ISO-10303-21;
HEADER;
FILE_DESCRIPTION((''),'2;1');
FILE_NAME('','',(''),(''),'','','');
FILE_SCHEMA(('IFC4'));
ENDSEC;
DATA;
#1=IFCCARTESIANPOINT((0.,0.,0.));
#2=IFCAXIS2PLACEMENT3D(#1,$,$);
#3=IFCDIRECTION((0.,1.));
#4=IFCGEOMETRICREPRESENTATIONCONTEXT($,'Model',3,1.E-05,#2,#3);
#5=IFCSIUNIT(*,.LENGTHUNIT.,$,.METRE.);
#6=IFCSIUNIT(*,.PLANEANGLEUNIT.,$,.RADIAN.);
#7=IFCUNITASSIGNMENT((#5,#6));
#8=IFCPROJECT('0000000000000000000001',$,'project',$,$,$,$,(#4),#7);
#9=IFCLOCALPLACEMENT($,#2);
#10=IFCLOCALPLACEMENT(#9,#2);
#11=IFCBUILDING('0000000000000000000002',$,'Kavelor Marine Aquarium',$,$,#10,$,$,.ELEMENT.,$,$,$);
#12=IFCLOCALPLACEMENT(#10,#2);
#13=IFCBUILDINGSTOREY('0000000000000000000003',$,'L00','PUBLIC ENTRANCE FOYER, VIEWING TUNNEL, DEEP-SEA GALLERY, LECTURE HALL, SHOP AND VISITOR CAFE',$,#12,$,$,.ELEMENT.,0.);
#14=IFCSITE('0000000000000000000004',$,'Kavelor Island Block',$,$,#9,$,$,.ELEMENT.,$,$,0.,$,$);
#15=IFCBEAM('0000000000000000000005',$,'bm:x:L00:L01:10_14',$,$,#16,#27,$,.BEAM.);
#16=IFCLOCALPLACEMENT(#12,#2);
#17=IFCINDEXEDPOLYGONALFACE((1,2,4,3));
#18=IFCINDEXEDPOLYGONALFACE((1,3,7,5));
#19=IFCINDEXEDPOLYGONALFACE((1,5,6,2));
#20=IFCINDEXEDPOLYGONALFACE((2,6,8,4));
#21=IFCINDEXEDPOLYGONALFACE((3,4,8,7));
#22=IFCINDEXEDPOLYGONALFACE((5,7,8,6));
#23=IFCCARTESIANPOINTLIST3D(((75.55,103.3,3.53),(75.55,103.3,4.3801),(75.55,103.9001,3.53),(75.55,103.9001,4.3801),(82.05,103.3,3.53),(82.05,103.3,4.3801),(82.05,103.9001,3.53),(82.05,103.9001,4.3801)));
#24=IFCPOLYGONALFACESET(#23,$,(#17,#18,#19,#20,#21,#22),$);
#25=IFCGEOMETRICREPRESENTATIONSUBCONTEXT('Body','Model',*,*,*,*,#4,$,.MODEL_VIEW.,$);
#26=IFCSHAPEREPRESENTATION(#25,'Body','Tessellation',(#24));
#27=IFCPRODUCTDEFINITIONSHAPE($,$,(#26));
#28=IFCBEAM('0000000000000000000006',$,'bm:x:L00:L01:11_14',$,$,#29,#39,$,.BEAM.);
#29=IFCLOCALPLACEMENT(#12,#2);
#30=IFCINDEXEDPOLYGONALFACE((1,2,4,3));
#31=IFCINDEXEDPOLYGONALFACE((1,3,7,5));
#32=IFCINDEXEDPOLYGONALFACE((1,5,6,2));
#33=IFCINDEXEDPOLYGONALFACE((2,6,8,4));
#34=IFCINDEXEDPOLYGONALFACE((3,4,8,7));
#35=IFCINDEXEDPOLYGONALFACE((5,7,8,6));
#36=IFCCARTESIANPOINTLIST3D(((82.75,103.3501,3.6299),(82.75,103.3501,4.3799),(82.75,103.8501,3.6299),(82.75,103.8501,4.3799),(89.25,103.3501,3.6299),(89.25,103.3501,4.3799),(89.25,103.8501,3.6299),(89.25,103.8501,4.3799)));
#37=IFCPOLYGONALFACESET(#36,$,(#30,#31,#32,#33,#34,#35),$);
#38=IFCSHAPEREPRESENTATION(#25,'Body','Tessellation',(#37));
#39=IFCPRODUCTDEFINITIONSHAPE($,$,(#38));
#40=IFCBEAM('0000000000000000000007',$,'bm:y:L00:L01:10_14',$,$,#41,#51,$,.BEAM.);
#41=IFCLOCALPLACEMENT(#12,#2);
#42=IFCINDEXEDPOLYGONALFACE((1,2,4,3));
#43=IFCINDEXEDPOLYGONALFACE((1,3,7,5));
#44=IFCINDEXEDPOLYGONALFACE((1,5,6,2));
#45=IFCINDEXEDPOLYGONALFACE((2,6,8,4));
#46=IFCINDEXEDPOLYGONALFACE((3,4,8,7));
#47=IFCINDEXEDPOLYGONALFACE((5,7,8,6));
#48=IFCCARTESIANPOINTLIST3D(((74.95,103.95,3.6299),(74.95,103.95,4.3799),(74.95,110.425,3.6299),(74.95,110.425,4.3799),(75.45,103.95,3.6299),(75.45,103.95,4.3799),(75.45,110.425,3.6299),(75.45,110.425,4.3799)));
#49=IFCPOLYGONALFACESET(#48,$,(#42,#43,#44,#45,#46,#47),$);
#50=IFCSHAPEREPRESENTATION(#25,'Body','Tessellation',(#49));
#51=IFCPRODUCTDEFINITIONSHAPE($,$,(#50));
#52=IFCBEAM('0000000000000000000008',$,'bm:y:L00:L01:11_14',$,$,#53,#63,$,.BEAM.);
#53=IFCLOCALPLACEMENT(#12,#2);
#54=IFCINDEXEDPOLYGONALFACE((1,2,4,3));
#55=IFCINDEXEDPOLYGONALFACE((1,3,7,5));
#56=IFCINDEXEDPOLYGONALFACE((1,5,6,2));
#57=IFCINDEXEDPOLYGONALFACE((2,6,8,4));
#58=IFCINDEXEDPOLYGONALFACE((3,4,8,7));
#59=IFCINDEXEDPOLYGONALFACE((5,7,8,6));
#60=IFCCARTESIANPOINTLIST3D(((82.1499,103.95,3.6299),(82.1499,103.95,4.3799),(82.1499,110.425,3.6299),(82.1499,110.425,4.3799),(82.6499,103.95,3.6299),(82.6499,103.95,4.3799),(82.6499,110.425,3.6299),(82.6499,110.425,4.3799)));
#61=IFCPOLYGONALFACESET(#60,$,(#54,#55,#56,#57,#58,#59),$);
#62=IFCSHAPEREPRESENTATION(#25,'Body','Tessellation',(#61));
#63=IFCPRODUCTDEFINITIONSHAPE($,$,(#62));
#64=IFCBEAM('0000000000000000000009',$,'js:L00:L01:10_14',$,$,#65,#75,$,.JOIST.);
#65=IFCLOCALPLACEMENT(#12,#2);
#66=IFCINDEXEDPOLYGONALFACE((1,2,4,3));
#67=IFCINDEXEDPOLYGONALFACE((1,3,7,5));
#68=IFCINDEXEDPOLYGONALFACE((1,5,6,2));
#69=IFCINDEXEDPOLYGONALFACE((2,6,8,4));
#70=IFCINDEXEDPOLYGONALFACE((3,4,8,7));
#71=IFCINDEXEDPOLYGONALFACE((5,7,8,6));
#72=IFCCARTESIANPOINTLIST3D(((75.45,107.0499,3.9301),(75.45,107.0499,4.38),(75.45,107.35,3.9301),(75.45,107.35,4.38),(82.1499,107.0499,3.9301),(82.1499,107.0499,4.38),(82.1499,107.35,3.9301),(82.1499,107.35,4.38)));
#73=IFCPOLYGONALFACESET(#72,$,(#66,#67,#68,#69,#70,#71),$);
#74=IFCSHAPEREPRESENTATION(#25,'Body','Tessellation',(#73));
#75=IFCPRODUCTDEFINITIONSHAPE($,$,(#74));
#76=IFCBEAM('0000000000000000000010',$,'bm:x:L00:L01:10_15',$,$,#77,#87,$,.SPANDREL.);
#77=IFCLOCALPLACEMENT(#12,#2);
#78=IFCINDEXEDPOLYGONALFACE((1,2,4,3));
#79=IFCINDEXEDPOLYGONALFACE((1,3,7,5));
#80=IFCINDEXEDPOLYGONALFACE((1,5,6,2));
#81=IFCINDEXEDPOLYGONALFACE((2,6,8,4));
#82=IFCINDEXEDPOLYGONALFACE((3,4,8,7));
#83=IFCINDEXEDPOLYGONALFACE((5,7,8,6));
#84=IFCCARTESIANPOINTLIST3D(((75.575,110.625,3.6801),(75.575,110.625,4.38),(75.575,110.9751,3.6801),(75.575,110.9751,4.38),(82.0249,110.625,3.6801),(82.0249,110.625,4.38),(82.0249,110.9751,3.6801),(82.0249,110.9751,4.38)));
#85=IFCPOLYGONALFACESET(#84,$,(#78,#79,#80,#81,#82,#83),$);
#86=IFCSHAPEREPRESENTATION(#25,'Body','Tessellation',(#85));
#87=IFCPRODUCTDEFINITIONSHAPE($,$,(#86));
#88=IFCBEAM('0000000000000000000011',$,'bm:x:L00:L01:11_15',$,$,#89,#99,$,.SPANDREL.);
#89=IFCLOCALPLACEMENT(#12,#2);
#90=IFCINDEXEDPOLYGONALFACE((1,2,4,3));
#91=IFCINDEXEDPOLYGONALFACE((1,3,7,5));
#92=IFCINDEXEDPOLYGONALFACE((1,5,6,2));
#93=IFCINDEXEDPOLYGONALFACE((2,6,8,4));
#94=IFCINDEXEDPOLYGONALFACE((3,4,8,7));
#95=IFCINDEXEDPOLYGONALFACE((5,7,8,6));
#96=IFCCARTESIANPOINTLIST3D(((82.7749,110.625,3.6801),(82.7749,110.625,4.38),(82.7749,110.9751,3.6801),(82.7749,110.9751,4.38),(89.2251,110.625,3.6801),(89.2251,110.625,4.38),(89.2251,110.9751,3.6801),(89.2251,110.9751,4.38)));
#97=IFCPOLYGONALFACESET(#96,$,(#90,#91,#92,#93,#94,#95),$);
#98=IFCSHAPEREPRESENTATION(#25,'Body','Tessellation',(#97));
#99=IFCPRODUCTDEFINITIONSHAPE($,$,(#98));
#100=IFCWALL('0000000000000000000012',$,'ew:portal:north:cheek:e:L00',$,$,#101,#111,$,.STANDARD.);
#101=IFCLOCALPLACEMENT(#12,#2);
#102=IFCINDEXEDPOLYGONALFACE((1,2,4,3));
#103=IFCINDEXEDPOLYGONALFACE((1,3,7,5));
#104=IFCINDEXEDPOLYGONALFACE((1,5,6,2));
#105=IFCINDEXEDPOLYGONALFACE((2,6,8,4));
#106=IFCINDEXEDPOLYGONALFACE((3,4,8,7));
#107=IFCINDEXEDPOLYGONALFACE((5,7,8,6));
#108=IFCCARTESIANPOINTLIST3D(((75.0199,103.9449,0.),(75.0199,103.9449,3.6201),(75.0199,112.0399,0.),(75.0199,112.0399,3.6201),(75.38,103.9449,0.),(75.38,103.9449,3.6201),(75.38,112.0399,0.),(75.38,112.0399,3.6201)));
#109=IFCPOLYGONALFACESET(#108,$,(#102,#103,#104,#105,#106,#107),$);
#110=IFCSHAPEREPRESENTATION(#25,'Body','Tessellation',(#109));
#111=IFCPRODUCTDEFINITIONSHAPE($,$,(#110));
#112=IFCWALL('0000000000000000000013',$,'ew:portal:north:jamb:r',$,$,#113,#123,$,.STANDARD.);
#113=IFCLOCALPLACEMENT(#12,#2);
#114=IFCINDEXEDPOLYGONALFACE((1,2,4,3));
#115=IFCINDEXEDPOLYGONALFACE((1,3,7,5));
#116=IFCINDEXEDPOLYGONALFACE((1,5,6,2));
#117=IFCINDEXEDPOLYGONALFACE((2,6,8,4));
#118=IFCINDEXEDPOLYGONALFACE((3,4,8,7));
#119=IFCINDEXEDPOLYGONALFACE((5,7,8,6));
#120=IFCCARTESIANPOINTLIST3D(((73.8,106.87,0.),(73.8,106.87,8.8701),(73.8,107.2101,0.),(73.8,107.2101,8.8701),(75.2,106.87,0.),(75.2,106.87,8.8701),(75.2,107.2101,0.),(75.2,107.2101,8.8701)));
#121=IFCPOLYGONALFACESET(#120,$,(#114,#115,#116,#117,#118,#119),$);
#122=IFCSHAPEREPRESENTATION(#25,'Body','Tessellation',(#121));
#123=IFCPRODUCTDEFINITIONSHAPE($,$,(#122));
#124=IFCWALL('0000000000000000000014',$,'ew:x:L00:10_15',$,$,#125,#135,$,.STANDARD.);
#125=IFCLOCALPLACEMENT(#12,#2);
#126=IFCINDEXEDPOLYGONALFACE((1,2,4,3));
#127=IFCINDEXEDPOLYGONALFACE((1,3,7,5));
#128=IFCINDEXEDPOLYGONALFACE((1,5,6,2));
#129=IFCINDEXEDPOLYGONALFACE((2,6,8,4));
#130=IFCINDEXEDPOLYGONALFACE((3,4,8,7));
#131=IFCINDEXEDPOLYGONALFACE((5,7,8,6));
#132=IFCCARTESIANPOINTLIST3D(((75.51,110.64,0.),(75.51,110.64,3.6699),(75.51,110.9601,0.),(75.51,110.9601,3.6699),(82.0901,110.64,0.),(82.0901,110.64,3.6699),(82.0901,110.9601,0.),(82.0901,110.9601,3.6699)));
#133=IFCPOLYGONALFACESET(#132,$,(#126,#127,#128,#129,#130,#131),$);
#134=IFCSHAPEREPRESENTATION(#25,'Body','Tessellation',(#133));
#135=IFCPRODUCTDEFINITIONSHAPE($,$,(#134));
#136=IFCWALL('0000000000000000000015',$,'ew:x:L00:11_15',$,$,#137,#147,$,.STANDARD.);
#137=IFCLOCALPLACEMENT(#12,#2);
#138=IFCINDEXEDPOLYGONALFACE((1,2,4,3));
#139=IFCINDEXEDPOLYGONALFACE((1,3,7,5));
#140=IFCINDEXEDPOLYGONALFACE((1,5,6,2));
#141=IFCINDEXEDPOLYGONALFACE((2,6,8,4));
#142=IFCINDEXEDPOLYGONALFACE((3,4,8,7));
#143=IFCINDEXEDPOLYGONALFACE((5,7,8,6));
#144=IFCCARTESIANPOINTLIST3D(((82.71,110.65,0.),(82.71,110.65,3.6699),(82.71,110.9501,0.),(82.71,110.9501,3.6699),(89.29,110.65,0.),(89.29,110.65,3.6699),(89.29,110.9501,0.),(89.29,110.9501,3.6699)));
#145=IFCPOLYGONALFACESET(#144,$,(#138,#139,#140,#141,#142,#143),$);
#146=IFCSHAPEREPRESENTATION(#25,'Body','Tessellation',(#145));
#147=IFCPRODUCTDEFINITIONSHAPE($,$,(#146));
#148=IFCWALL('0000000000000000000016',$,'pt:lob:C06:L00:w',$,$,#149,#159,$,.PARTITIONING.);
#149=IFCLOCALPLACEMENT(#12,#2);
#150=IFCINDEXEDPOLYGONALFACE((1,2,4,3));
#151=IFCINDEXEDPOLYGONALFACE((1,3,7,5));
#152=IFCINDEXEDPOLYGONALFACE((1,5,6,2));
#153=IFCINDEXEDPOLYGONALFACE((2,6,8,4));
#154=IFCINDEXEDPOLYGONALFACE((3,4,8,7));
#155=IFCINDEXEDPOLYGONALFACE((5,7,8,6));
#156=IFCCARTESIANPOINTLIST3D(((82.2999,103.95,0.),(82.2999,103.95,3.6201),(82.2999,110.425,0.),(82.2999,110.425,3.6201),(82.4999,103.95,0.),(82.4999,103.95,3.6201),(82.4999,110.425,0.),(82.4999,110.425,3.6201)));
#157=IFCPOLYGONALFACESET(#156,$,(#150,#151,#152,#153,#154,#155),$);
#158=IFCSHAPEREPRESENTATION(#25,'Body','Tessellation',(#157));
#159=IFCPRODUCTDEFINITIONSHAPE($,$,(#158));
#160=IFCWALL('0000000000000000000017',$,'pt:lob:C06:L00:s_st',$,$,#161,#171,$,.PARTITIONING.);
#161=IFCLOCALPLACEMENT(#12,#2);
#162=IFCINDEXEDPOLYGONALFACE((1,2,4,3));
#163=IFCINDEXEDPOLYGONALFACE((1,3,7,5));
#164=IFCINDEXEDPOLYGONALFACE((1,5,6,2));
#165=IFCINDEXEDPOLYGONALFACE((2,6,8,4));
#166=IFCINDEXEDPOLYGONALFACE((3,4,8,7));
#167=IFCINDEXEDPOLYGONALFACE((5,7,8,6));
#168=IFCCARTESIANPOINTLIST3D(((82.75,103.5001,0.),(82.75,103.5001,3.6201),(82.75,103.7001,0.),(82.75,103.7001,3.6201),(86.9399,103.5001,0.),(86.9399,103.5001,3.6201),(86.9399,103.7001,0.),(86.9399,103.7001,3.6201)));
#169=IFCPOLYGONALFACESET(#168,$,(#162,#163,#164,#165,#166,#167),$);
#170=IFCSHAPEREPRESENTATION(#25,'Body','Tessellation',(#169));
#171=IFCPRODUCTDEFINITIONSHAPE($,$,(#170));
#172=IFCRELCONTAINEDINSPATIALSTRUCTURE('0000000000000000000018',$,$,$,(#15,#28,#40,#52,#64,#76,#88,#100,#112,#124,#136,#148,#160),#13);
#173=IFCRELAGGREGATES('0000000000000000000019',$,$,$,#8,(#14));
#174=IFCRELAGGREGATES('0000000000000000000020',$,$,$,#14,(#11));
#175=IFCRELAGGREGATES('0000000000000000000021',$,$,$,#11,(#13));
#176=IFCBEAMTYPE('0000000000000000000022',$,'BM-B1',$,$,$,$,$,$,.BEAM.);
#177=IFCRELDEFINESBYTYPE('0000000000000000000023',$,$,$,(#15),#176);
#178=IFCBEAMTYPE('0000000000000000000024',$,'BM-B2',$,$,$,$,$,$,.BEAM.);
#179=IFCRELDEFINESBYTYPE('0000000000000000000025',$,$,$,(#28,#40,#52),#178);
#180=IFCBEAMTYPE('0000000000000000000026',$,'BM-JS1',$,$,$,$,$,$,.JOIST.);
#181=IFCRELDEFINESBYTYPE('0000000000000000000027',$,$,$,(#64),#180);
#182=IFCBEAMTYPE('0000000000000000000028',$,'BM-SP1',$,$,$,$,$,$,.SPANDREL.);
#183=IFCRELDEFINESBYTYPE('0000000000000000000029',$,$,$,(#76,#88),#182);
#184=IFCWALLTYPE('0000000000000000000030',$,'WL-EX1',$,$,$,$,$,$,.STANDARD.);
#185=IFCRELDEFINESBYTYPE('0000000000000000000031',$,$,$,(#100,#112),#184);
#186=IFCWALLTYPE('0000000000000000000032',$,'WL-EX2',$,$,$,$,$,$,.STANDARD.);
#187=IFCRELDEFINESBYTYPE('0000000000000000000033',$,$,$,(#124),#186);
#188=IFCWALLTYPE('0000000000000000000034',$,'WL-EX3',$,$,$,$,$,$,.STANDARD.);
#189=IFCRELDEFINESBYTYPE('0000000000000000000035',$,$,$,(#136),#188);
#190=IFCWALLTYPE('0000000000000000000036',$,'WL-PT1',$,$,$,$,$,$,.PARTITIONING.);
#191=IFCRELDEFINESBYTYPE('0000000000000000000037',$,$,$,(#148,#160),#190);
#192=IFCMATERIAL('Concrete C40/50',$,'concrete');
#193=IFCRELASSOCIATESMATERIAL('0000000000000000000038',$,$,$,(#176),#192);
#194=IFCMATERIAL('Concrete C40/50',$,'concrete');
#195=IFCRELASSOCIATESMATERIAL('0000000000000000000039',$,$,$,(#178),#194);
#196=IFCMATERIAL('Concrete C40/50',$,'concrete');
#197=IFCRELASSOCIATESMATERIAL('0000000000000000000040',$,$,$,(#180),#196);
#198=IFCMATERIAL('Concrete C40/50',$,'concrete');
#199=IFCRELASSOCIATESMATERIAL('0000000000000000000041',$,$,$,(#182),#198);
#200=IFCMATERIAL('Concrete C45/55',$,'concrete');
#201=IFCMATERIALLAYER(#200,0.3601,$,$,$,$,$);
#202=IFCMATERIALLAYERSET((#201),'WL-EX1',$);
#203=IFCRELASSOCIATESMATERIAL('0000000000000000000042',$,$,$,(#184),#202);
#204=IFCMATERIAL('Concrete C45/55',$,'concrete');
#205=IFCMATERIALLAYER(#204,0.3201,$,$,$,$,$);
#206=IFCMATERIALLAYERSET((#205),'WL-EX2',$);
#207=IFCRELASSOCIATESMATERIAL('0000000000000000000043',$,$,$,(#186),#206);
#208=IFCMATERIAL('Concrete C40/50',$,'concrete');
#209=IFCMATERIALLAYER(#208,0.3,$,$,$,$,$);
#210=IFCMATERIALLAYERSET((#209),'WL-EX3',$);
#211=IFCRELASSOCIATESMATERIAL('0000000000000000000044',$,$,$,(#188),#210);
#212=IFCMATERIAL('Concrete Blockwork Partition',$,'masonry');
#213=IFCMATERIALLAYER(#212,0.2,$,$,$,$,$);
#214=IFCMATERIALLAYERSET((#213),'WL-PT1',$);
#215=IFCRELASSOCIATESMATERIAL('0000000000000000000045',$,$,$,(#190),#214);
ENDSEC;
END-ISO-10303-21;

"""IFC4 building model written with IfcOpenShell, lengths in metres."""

from ifc_helpers import new_model, si_unit, direction, frame, frame_2d, origin, origin_2d, place, context, subcontext, project, spatial, rectangle, extrude, material, layer, layer_set, material_profile, profile_set, type_object, element, save


model = new_model("IFC4")

# Units and contexts
model_context = context("Model", 3, precision=1e-05, world=origin(), true_north=direction((0.0, 1.0)))
body_context = subcontext(model_context, "Body", "Model", "MODEL_VIEW")
ifc_project = project(units=[si_unit("LENGTHUNIT", "METRE"), si_unit("PLANEANGLEUNIT", "RADIAN")], contexts=[model_context])

# Site, building, storey
site_placement = place(None, origin())
site = spatial("IfcSite", under=ifc_project, at=site_placement, Name="Kavelor Island Block", CompositionType="ELEMENT", RefElevation=0.0)
building_placement = place(site_placement, origin())
building = spatial("IfcBuilding", under=site, at=building_placement, Name="Kavelor Marine Aquarium", CompositionType="ELEMENT")
storey_placement = place(building_placement, origin())
storey = spatial("IfcBuildingStorey", under=building, at=storey_placement, Name="L00", Description="PUBLIC ENTRANCE FOYER, VIEWING TUNNEL, DEEP-SEA GALLERY, LECTURE HALL, SHOP AND VISITOR CAFE", CompositionType="ELEMENT", Elevation=0.0)

# Beams
ifc_material_1 = material(Name="Concrete C40/50", Category="concrete")
ifc_material_profile_1 = material_profile(ifc_material_1, rectangle(XDim=0.6001, YDim=0.8501, at=origin_2d()), Name="RC-BM 600x850")
ifc_profile_set_1 = profile_set([ifc_material_profile_1], Name="Concrete C40/50")
beam_type_1 = type_object("IfcBeamType", Name="BM-B1", PredefinedType="BEAM", material=ifc_profile_set_1)
beam_1_placement = place(storey_placement, frame((75.55, 103.6001, 3.9551), z_axis=(1.0, 0.0, 0.0), x_axis=(0.0, 1.0, 0.0)))
element("IfcBeam", 1, at=beam_1_placement, inside=storey, type_object=beam_type_1, Name="bm:x:L00:L01:10_14", PredefinedType="BEAM", context=body_context, shape_type="SweptSolid", body=[
    extrude(rectangle(XDim=0.6001, YDim=0.8501, at=origin_2d()), origin(), (0.0, 0.0, 1.0), 6.5),
])
ifc_material_2 = material(Name="Concrete C40/50", Category="concrete")
ifc_material_profile_2 = material_profile(ifc_material_2, rectangle(XDim=0.5, YDim=0.75, at=origin_2d()), Name="RC-BM 500x750")
ifc_profile_set_2 = profile_set([ifc_material_profile_2], Name="Concrete C40/50")
beam_type_2 = type_object("IfcBeamType", Name="BM-B2", PredefinedType="BEAM", material=ifc_profile_set_2)
beam_2_placement = place(storey_placement, frame((82.75, 103.6001, 4.0049), z_axis=(1.0, 0.0, 0.0), x_axis=(0.0, 1.0, 0.0)))
element("IfcBeam", 2, at=beam_2_placement, inside=storey, type_object=beam_type_2, Name="bm:x:L00:L01:11_14", PredefinedType="BEAM", context=body_context, shape_type="SweptSolid", body=[
    extrude(rectangle(XDim=0.5, YDim=0.75, at=origin_2d()), origin(), (0.0, 0.0, 1.0), 6.5),
])
for number, where, z_axis, x_axis, name in (
    (3, (75.2, 103.95, 4.0049), (0.0, 1.0, 0.0), (-1.0, 0.0, 0.0), "bm:y:L00:L01:10_14"),
    (4, (82.3999, 103.95, 4.0049), (0.0, 1.0, 0.0), (-1.0, 0.0, 0.0), "bm:y:L00:L01:11_14"),
):
    element("IfcBeam", number, at=place(storey_placement, frame(where, z_axis=z_axis, x_axis=x_axis)), inside=storey, type_object=beam_type_2, Name=name, PredefinedType="BEAM", context=body_context, shape_type="SweptSolid", body=[
        extrude(rectangle(XDim=0.5, YDim=0.75, at=origin_2d()), origin(), (0.0, 0.0, 1.0), 6.4751),
    ])
ifc_material_3 = material(Name="Concrete C40/50", Category="concrete")
ifc_material_profile_3 = material_profile(ifc_material_3, rectangle(XDim=0.3, YDim=0.45, at=origin_2d()), Name="RC-JS 300x450")
ifc_profile_set_3 = profile_set([ifc_material_profile_3], Name="Concrete C40/50")
beam_type_3 = type_object("IfcBeamType", Name="BM-JS1", PredefinedType="JOIST", material=ifc_profile_set_3)
beam_3_placement = place(storey_placement, frame((75.45, 107.2, 4.155), z_axis=(1.0, 0.0, 0.0), x_axis=(0.0, 1.0, 0.0)))
element("IfcBeam", 5, at=beam_3_placement, inside=storey, type_object=beam_type_3, Name="js:L00:L01:10_14", PredefinedType="JOIST", context=body_context, shape_type="SweptSolid", body=[
    extrude(rectangle(XDim=0.3, YDim=0.45, at=origin_2d()), origin(), (0.0, 0.0, 1.0), 6.7),
])
ifc_material_4 = material(Name="Concrete C40/50", Category="concrete")
ifc_material_profile_4 = material_profile(ifc_material_4, rectangle(XDim=0.3501, YDim=0.7, at=origin_2d()), Name="RC-SP 350x700")
ifc_profile_set_4 = profile_set([ifc_material_profile_4], Name="Concrete C40/50")
beam_type_4 = type_object("IfcBeamType", Name="BM-SP1", PredefinedType="SPANDREL", material=ifc_profile_set_4)
beam_4_placement = place(storey_placement, frame((75.575, 110.8, 4.03), z_axis=(1.0, 0.0, 0.0), x_axis=(0.0, 1.0, 0.0)))
element("IfcBeam", 6, at=beam_4_placement, inside=storey, type_object=beam_type_4, Name="bm:x:L00:L01:10_15", PredefinedType="SPANDREL", context=body_context, shape_type="SweptSolid", body=[
    extrude(rectangle(XDim=0.3501, YDim=0.7, at=origin_2d()), origin(), (0.0, 0.0, 1.0), 6.45),
])
beam_5_placement = place(storey_placement, frame((82.7749, 110.8, 4.03), z_axis=(1.0, 0.0, 0.0), x_axis=(0.0, 1.0, 0.0)))
element("IfcBeam", 7, at=beam_5_placement, inside=storey, type_object=beam_type_4, Name="bm:x:L00:L01:11_15", PredefinedType="SPANDREL", context=body_context, shape_type="SweptSolid", body=[
    extrude(rectangle(XDim=0.3501, YDim=0.7, at=origin_2d()), origin(), (0.0, 0.0, 1.0), 6.4502),
])

# Walls
ifc_material_5 = material(Name="Concrete C45/55", Category="concrete")
ifc_layer_1 = layer(ifc_material_5, 0.3601)
ifc_layer_set_1 = layer_set([ifc_layer_1], Name="WL-EX1")
wall_type_1 = type_object("IfcWallType", Name="WL-EX1", PredefinedType="STANDARD", material=ifc_layer_set_1)
wall_1_placement = place(storey_placement, frame((75.2, 103.9451, 0.0), z_axis=(0.0, 0.0, 1.0), x_axis=(0.0, 1.0, 0.0)))
element("IfcWall", 8, at=wall_1_placement, inside=storey, type_object=wall_type_1, Name="ew:portal:north:cheek:e:L00", PredefinedType="STANDARD", context=body_context, shape_type="SweptSolid", body=[
    extrude(rectangle(XDim=8.095, YDim=0.3601, at=frame_2d((4.0474, 0.0))), origin(), (0.0, 0.0, 1.0), 3.6201),
])
wall_2_placement = place(storey_placement, frame((73.8, 107.04, 0.0), z_axis=(0.0, 0.0, 1.0), x_axis=(1.0, 0.0, 0.0)))
element("IfcWall", 9, at=wall_2_placement, inside=storey, type_object=wall_type_1, Name="ew:portal:north:jamb:r", PredefinedType="STANDARD", context=body_context, shape_type="SweptSolid", body=[
    extrude(rectangle(XDim=1.3999, YDim=0.3401, at=frame_2d((0.7, 0.0))), origin(), (0.0, 0.0, 1.0), 8.8701),
])
ifc_material_6 = material(Name="Concrete C45/55", Category="concrete")
ifc_layer_2 = layer(ifc_material_6, 0.3201)
ifc_layer_set_2 = layer_set([ifc_layer_2], Name="WL-EX2")
wall_type_2 = type_object("IfcWallType", Name="WL-EX2", PredefinedType="STANDARD", material=ifc_layer_set_2)
wall_3_placement = place(storey_placement, frame((75.51, 110.8, 0.0), z_axis=(0.0, 0.0, 1.0), x_axis=(1.0, 0.0, 0.0)))
element("IfcWall", 10, at=wall_3_placement, inside=storey, type_object=wall_type_2, Name="ew:x:L00:10_15", PredefinedType="STANDARD", context=body_context, shape_type="SweptSolid", body=[
    extrude(rectangle(XDim=6.5801, YDim=0.3201, at=frame_2d((3.29, 0.0))), origin(), (0.0, 0.0, 1.0), 3.6699),
])
ifc_material_7 = material(Name="Concrete C40/50", Category="concrete")
ifc_layer_3 = layer(ifc_material_7, 0.3)
ifc_layer_set_3 = layer_set([ifc_layer_3], Name="WL-EX3")
wall_type_3 = type_object("IfcWallType", Name="WL-EX3", PredefinedType="STANDARD", material=ifc_layer_set_3)
wall_4_placement = place(storey_placement, frame((82.71, 110.8, 0.0), z_axis=(0.0, 0.0, 1.0), x_axis=(1.0, 0.0, 0.0)))
element("IfcWall", 11, at=wall_4_placement, inside=storey, type_object=wall_type_3, Name="ew:x:L00:11_15", PredefinedType="STANDARD", context=body_context, shape_type="SweptSolid", body=[
    extrude(rectangle(XDim=6.5801, YDim=0.3, at=frame_2d((3.29, 0.0))), origin(), (0.0, 0.0, 1.0), 3.6699),
])
ifc_material_8 = material(Name="Concrete Blockwork Partition", Category="masonry")
ifc_layer_4 = layer(ifc_material_8, 0.2)
ifc_layer_set_4 = layer_set([ifc_layer_4], Name="WL-PT1")
wall_type_4 = type_object("IfcWallType", Name="WL-PT1", PredefinedType="PARTITIONING", material=ifc_layer_set_4)
wall_5_placement = place(storey_placement, frame((82.3999, 103.95, 0.0), z_axis=(0.0, 0.0, 1.0), x_axis=(0.0, 1.0, 0.0)))
element("IfcWall", 12, at=wall_5_placement, inside=storey, type_object=wall_type_4, Name="pt:lob:C06:L00:w", PredefinedType="PARTITIONING", context=body_context, shape_type="SweptSolid", body=[
    extrude(rectangle(XDim=6.4751, YDim=0.2, at=frame_2d((3.2375, 0.0))), origin(), (0.0, 0.0, 1.0), 3.6201),
])
wall_6_placement = place(storey_placement, frame((82.75, 103.6001, 0.0), z_axis=(0.0, 0.0, 1.0), x_axis=(1.0, 0.0, 0.0)))
element("IfcWall", 13, at=wall_6_placement, inside=storey, type_object=wall_type_4, Name="pt:lob:C06:L00:s_st", PredefinedType="PARTITIONING", context=body_context, shape_type="SweptSolid", body=[
    extrude(rectangle(XDim=4.1899, YDim=0.2, at=frame_2d((2.095, 0.0))), origin(), (0.0, 0.0, 1.0), 3.6201),
])

save(model, "model.ifc")
